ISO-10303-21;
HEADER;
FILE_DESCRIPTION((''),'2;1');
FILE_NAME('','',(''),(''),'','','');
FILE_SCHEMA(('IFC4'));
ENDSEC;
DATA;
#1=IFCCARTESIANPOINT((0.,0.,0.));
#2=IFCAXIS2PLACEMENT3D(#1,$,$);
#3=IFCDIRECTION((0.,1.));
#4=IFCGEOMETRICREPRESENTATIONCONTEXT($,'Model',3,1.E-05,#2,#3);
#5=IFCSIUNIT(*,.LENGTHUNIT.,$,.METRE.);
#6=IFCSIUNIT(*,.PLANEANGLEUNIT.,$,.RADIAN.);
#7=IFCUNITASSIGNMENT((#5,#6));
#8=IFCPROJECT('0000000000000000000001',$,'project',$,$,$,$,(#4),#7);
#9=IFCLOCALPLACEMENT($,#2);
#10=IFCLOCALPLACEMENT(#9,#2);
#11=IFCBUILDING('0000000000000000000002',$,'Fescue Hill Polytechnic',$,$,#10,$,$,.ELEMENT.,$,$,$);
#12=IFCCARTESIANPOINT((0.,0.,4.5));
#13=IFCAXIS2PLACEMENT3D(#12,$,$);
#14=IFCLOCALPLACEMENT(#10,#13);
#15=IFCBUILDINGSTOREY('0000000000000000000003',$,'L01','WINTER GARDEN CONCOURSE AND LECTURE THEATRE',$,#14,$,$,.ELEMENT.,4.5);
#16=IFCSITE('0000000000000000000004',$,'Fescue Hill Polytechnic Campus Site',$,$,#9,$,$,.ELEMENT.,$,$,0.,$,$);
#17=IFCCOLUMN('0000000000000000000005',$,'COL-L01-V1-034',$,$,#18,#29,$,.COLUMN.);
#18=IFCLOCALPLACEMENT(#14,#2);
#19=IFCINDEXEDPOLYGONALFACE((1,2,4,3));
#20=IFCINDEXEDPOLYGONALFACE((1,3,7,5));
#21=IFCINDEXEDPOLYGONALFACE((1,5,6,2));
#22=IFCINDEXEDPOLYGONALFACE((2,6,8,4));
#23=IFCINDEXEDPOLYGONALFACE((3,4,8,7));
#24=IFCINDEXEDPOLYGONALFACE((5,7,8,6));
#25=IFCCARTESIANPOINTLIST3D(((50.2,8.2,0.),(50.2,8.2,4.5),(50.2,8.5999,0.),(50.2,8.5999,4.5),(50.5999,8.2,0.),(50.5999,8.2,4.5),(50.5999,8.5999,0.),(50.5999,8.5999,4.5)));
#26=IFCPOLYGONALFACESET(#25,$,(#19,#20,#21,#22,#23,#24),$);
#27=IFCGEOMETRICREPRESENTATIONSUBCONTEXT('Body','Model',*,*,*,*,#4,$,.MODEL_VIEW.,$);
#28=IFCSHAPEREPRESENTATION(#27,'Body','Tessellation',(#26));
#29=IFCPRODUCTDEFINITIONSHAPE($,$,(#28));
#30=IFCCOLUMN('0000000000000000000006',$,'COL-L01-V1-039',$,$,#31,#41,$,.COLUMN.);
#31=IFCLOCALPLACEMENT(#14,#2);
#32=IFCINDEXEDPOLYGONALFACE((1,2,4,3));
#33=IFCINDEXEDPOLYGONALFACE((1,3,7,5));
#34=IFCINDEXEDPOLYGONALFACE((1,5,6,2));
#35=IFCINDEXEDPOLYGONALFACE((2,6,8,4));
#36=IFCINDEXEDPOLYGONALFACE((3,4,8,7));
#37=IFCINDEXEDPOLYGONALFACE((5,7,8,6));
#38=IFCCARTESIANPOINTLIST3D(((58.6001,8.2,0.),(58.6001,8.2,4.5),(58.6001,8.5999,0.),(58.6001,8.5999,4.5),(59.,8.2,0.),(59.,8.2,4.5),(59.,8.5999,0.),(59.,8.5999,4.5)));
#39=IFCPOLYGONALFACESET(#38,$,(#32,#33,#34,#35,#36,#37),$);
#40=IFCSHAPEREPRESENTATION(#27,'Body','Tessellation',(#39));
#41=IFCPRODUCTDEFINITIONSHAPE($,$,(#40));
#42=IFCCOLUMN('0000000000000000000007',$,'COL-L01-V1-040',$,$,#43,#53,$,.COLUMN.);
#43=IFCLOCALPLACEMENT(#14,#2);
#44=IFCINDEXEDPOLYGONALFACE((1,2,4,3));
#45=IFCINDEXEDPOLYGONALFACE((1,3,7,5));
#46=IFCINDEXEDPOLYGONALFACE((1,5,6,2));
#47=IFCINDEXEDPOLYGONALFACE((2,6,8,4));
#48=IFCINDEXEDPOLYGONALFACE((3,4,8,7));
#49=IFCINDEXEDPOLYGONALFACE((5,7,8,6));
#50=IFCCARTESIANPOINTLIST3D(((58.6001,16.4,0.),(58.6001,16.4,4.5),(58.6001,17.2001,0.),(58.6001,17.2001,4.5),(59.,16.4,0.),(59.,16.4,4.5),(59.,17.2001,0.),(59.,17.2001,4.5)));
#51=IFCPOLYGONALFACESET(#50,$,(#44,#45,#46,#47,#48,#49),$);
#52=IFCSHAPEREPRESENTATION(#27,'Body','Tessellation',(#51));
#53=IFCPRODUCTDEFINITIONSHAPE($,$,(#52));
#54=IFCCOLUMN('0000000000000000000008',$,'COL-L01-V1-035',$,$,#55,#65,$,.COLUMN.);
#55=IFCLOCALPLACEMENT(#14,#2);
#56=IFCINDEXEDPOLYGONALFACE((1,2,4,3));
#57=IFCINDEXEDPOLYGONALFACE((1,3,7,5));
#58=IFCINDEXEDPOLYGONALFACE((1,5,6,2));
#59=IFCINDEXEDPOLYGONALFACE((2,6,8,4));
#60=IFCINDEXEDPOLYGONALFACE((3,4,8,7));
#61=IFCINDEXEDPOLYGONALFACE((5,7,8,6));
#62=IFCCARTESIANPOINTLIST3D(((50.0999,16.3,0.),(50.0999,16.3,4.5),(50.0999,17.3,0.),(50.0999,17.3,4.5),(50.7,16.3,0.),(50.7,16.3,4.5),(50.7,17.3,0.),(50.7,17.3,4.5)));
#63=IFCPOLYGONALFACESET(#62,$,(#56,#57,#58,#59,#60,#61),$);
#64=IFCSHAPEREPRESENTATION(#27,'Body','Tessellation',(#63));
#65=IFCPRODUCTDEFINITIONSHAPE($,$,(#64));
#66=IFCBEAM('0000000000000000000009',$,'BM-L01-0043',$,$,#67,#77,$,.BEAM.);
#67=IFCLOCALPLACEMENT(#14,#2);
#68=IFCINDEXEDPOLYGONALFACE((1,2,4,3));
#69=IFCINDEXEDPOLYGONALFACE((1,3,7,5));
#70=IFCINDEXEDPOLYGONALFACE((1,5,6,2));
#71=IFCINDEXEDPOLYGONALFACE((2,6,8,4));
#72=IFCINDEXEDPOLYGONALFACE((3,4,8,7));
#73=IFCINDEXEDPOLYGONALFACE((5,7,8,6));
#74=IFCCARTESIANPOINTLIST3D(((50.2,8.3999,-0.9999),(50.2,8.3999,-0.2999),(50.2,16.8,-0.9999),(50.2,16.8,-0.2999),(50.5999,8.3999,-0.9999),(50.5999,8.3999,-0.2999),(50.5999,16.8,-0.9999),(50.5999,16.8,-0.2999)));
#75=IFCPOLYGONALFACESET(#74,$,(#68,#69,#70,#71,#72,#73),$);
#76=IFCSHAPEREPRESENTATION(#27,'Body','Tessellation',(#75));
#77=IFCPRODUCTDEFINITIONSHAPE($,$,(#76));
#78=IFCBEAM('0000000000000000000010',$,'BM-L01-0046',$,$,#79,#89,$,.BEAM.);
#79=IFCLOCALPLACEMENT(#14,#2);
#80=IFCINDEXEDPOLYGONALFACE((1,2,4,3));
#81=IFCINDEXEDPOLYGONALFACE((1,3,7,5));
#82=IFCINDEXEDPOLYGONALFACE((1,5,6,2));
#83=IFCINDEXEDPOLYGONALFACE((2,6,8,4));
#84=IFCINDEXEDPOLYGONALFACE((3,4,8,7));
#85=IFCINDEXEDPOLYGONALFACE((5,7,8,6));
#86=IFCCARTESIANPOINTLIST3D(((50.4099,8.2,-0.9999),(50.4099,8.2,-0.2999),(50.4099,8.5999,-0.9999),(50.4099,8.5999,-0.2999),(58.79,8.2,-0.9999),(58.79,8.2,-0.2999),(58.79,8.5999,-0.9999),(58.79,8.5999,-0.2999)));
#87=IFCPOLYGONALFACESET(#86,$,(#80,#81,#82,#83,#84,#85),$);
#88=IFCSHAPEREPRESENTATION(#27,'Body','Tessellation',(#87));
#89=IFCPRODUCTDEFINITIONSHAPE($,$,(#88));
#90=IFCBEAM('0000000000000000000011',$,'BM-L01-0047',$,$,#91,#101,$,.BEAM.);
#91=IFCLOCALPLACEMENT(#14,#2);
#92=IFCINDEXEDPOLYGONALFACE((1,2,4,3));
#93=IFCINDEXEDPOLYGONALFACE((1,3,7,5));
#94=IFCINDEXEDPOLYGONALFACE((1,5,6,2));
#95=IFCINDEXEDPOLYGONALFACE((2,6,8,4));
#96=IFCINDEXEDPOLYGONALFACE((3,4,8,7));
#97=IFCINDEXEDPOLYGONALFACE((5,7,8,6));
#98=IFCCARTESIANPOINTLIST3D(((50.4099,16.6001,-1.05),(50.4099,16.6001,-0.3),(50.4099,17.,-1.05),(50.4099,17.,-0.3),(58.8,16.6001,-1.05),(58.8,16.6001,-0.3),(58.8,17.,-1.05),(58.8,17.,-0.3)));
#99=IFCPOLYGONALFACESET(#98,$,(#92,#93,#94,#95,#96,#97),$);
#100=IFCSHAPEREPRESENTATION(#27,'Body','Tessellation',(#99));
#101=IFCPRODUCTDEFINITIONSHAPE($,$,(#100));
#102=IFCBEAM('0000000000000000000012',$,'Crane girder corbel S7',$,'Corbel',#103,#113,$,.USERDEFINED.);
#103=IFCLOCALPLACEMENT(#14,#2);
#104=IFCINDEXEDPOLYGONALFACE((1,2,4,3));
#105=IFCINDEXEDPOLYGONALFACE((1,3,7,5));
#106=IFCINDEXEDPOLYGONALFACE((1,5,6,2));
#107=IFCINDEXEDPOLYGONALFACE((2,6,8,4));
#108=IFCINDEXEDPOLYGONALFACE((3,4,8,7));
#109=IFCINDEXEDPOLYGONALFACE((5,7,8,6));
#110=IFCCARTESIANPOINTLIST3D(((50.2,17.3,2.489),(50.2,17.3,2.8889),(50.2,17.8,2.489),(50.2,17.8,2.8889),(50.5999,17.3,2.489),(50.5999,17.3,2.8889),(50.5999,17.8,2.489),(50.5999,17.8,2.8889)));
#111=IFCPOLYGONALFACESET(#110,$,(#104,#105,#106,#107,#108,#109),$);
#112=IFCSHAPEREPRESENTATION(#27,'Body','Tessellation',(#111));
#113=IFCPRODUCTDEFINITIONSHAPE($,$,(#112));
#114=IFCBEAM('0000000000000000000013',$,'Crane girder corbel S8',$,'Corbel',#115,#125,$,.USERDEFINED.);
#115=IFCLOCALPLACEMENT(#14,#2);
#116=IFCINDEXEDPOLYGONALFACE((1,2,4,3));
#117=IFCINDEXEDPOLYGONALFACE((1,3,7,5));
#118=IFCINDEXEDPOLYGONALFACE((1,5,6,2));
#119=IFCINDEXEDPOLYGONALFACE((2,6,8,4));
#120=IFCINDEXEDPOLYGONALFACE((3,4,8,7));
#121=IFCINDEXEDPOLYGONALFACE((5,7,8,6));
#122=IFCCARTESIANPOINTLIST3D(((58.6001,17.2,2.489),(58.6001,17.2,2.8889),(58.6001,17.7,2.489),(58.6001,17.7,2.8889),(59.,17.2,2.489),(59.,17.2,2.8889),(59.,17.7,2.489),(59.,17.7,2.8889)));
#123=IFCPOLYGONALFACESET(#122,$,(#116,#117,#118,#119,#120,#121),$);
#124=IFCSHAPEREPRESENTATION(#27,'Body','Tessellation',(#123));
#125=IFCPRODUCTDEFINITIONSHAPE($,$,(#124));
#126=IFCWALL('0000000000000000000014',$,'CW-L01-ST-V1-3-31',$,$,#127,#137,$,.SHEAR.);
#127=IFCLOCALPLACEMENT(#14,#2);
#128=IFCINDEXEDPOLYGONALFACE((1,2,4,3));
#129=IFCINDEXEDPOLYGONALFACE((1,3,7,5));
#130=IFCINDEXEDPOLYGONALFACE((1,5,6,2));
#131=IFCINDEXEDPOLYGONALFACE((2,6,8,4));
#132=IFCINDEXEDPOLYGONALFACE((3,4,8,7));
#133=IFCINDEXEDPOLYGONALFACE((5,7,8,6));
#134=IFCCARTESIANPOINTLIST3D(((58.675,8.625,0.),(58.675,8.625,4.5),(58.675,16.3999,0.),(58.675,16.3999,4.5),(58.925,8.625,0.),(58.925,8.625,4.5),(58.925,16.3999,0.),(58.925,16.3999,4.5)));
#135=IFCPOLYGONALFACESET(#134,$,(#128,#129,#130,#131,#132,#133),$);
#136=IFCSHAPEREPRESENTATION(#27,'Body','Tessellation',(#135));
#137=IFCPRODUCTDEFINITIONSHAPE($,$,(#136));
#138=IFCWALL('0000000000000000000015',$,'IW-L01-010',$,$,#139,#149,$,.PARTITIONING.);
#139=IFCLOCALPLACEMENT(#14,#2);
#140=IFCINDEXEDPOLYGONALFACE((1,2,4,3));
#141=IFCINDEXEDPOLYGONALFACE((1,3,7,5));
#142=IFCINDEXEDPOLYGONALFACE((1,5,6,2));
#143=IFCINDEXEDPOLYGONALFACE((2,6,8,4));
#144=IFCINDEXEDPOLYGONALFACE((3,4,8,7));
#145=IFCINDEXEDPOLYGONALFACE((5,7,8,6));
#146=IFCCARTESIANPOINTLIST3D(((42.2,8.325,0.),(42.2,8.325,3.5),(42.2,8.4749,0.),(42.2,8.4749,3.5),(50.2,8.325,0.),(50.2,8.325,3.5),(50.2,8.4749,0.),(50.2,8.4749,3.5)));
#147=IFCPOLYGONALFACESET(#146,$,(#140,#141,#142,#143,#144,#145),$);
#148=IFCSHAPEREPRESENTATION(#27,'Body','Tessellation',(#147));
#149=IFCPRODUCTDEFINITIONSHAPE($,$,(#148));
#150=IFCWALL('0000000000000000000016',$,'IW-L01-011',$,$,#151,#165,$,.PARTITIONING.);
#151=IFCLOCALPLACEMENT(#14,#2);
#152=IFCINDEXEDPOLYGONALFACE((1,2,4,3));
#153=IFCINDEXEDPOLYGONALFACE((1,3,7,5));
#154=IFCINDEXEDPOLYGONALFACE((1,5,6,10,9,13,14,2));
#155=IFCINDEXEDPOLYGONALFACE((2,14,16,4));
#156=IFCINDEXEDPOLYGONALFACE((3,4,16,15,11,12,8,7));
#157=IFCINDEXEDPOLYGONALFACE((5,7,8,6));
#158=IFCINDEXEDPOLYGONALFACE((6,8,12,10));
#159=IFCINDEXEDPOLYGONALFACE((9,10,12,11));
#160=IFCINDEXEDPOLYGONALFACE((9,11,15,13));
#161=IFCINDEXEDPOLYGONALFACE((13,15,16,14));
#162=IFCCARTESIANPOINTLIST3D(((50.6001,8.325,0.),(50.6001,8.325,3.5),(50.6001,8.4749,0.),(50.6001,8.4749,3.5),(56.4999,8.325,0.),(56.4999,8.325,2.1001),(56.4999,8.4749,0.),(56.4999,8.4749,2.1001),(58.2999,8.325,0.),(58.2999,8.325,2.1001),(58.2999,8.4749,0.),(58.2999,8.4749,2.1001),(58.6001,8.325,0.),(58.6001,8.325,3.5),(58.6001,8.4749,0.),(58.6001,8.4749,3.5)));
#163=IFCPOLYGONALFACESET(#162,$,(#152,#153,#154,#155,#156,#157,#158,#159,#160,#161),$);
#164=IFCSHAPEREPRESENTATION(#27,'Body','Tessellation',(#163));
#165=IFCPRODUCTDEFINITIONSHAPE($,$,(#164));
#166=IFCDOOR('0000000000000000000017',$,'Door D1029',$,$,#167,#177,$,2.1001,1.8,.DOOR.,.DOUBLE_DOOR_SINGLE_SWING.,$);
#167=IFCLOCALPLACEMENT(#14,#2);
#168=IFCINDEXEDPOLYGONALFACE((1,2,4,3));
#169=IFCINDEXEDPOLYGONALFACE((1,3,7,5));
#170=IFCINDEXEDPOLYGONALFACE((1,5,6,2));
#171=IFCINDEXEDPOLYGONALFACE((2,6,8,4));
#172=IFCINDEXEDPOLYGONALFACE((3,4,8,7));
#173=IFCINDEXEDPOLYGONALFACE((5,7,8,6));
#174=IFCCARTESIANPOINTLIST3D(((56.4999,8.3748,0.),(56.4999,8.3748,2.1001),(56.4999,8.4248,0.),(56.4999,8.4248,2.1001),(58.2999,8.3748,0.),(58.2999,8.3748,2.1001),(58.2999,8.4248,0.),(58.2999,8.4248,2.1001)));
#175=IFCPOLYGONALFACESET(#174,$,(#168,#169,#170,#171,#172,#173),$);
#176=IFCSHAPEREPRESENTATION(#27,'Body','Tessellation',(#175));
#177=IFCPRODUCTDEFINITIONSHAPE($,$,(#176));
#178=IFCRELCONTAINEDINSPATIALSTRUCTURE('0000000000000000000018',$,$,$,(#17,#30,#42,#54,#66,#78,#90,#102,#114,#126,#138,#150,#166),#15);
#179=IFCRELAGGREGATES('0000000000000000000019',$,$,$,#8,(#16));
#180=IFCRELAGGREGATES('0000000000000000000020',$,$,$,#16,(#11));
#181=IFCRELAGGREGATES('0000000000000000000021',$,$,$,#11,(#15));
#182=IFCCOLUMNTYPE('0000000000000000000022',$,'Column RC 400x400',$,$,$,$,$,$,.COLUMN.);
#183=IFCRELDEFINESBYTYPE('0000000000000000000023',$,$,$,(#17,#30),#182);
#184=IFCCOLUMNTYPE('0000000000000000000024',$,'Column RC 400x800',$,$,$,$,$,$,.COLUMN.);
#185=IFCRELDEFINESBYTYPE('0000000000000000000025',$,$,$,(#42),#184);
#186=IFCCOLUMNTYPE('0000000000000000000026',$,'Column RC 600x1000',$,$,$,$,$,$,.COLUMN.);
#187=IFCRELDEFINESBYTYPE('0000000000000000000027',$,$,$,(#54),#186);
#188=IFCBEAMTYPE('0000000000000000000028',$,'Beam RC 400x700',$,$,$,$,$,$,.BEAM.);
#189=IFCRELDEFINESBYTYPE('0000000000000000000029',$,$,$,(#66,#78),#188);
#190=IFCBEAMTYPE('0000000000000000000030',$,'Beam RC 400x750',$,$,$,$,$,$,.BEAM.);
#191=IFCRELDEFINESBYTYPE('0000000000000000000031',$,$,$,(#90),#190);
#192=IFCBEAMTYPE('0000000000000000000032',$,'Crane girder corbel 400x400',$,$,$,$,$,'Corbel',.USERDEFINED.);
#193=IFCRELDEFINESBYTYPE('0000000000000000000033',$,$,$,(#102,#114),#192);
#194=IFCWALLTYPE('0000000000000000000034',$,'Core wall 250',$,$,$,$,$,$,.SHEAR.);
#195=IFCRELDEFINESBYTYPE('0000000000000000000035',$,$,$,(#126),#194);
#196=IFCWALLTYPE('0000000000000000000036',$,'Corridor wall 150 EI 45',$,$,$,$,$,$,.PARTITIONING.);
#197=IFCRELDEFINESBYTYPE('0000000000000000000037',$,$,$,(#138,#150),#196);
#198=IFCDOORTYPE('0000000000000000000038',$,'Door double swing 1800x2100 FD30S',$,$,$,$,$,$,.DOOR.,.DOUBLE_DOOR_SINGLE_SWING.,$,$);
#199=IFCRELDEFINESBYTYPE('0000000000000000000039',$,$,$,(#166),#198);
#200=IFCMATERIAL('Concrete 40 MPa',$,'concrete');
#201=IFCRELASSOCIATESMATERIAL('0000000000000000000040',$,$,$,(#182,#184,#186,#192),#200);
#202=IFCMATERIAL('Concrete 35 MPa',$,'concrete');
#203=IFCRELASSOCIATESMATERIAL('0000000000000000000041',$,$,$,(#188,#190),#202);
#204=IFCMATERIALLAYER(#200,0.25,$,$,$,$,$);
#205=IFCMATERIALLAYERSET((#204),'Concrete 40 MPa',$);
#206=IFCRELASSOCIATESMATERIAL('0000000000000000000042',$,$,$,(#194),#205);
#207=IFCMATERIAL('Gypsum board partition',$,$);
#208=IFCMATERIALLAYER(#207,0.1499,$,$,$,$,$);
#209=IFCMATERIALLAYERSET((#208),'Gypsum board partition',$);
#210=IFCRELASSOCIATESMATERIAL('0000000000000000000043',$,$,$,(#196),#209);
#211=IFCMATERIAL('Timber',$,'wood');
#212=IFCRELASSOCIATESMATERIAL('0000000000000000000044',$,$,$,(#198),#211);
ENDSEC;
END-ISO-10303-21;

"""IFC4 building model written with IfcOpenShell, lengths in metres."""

from ifc_helpers import new_model, si_unit, direction, frame, frame_2d, origin, origin_2d, place, context, subcontext, project, spatial, rectangle, extrude, material, layer, layer_set, material_profile, profile_set, type_object, element, fill, save


model = new_model("IFC4")

# Units and contexts
model_context = context("Model", 3, precision=1e-05, world=origin(), true_north=direction((0.0, 1.0)))
body_context = subcontext(model_context, "Body", "Model", "MODEL_VIEW")
ifc_project = project(units=[si_unit("LENGTHUNIT", "METRE"), si_unit("PLANEANGLEUNIT", "RADIAN")], contexts=[model_context])

# Site, building, storey
site_placement = place(None, origin())
site = spatial("IfcSite", under=ifc_project, at=site_placement, Name="Fescue Hill Polytechnic Campus Site", CompositionType="ELEMENT", RefElevation=0.0)
building_placement = place(site_placement, origin())
building = spatial("IfcBuilding", under=site, at=building_placement, Name="Fescue Hill Polytechnic", CompositionType="ELEMENT")
storey_placement = place(building_placement, frame((0.0, 0.0, 4.5)))
storey = spatial("IfcBuildingStorey", under=building, at=storey_placement, Name="L01", Description="WINTER GARDEN CONCOURSE AND LECTURE THEATRE", CompositionType="ELEMENT", Elevation=4.5)

# Columns
ifc_material_1 = material(Name="Concrete 40 MPa", Category="concrete")
ifc_material_profile_1 = material_profile(ifc_material_1, rectangle(XDim=0.3999, YDim=0.3999, at=origin_2d()), Name="RC 400x400")
ifc_profile_set_1 = profile_set([ifc_material_profile_1], Name="Concrete 40 MPa")
column_type_1 = type_object("IfcColumnType", Name="Column RC 400x400", PredefinedType="COLUMN", material=ifc_profile_set_1)
for number, where, z_axis, x_axis, name in (
    (1, (50.3999, 8.3999, 0.0), (0.0, 0.0, 1.0), (1.0, 0.0, 0.0), "COL-L01-V1-034"),
    (2, (58.8, 8.3999, 0.0), (0.0, 0.0, 1.0), (1.0, 0.0, 0.0), "COL-L01-V1-039"),
):
    element("IfcColumn", number, at=place(storey_placement, frame(where, z_axis=z_axis, x_axis=x_axis)), inside=storey, type_object=column_type_1, Name=name, PredefinedType="COLUMN", context=body_context, shape_type="SweptSolid", body=[
        extrude(rectangle(XDim=0.3999, YDim=0.3999, at=origin_2d()), origin(), (0.0, 0.0, 1.0), 4.5),
    ])
ifc_material_profile_2 = material_profile(ifc_material_1, rectangle(XDim=0.3999, YDim=0.8, at=origin_2d()), Name="RC 400x800")
ifc_profile_set_2 = profile_set([ifc_material_profile_2], Name="Concrete 40 MPa")
column_type_2 = type_object("IfcColumnType", Name="Column RC 400x800", PredefinedType="COLUMN", material=ifc_profile_set_2)
column_1_placement = place(storey_placement, frame((58.8, 16.8, 0.0), z_axis=(0.0, 0.0, 1.0), x_axis=(1.0, 0.0, 0.0)))
element("IfcColumn", 3, at=column_1_placement, inside=storey, type_object=column_type_2, Name="COL-L01-V1-040", PredefinedType="COLUMN", context=body_context, shape_type="SweptSolid", body=[
    extrude(rectangle(XDim=0.3999, YDim=0.8, at=origin_2d()), origin(), (0.0, 0.0, 1.0), 4.5),
])
ifc_material_profile_3 = material_profile(ifc_material_1, rectangle(XDim=0.6001, YDim=1.0, at=origin_2d()), Name="RC 600x1000")
ifc_profile_set_3 = profile_set([ifc_material_profile_3], Name="Concrete 40 MPa")
column_type_3 = type_object("IfcColumnType", Name="Column RC 600x1000", PredefinedType="COLUMN", material=ifc_profile_set_3)
column_2_placement = place(storey_placement, frame((50.3999, 16.8, 0.0), z_axis=(0.0, 0.0, 1.0), x_axis=(1.0, 0.0, 0.0)))
element("IfcColumn", 4, at=column_2_placement, inside=storey, type_object=column_type_3, Name="COL-L01-V1-035", PredefinedType="COLUMN", context=body_context, shape_type="SweptSolid", body=[
    extrude(rectangle(XDim=0.6001, YDim=1.0, at=origin_2d()), origin(), (0.0, 0.0, 1.0), 4.5),
])

# Beams
ifc_material_2 = material(Name="Concrete 35 MPa", Category="concrete")
ifc_material_profile_4 = material_profile(ifc_material_2, rectangle(XDim=0.3999, YDim=0.7, at=origin_2d()), Name="RC 400x700")
ifc_profile_set_4 = profile_set([ifc_material_profile_4], Name="Concrete 35 MPa")
beam_type_1 = type_object("IfcBeamType", Name="Beam RC 400x700", PredefinedType="BEAM", material=ifc_profile_set_4)
beam_1_placement = place(storey_placement, frame((50.3999, 8.3999, -0.6499), z_axis=(0.0, 1.0, 0.0), x_axis=(-1.0, 0.0, 0.0)))
element("IfcBeam", 5, at=beam_1_placement, inside=storey, type_object=beam_type_1, Name="BM-L01-0043", PredefinedType="BEAM", context=body_context, shape_type="SweptSolid", body=[
    extrude(rectangle(XDim=0.3999, YDim=0.7, at=origin_2d()), origin(), (0.0, 0.0, 1.0), 8.4001),
])
beam_2_placement = place(storey_placement, frame((50.4099, 8.3999, -0.6499), z_axis=(1.0, 0.0, 0.0), x_axis=(0.0, 1.0, 0.0)))
element("IfcBeam", 6, at=beam_2_placement, inside=storey, type_object=beam_type_1, Name="BM-L01-0046", PredefinedType="BEAM", context=body_context, shape_type="SweptSolid", body=[
    extrude(rectangle(XDim=0.3999, YDim=0.7, at=origin_2d()), origin(), (0.0, 0.0, 1.0), 8.3801),
])
ifc_material_profile_5 = material_profile(ifc_material_2, rectangle(XDim=0.3999, YDim=0.75, at=origin_2d()), Name="RC 400x750")
ifc_profile_set_5 = profile_set([ifc_material_profile_5], Name="Concrete 35 MPa")
beam_type_2 = type_object("IfcBeamType", Name="Beam RC 400x750", PredefinedType="BEAM", material=ifc_profile_set_5)
beam_3_placement = place(storey_placement, frame((50.4099, 16.8, -0.675), z_axis=(1.0, 0.0, 0.0), x_axis=(0.0, 1.0, 0.0)))
element("IfcBeam", 7, at=beam_3_placement, inside=storey, type_object=beam_type_2, Name="BM-L01-0047", PredefinedType="BEAM", context=body_context, shape_type="SweptSolid", body=[
    extrude(rectangle(XDim=0.3999, YDim=0.75, at=origin_2d()), origin(), (0.0, 0.0, 1.0), 8.3901),
])
ifc_material_profile_6 = material_profile(ifc_material_1, rectangle(XDim=0.3999, YDim=0.3999, at=origin_2d()), Name="Crane girder corbel 400x400")
ifc_profile_set_6 = profile_set([ifc_material_profile_6], Name="Concrete 40 MPa")
beam_type_3 = type_object("IfcBeamType", Name="Crane girder corbel 400x400", ElementType="Corbel", PredefinedType="USERDEFINED", material=ifc_profile_set_6)
for number, where, z_axis, x_axis, name in (
    (8, (50.3999, 17.3, 2.689), (0.0, 1.0, 0.0), (-1.0, 0.0, 0.0), "Crane girder corbel S7"),
    (9, (58.8, 17.2, 2.689), (0.0, 1.0, 0.0), (-1.0, 0.0, 0.0), "Crane girder corbel S8"),
):
    element("IfcBeam", number, at=place(storey_placement, frame(where, z_axis=z_axis, x_axis=x_axis)), inside=storey, type_object=beam_type_3, Name=name, ObjectType="Corbel", PredefinedType="USERDEFINED", context=body_context, shape_type="SweptSolid", body=[
        extrude(rectangle(XDim=0.3999, YDim=0.3999, at=origin_2d()), origin(), (0.0, 0.0, 1.0), 0.5),
    ])

# Walls
ifc_layer_1 = layer(ifc_material_1, 0.25)
ifc_layer_set_1 = layer_set([ifc_layer_1], Name="Concrete 40 MPa")
wall_type_1 = type_object("IfcWallType", Name="Core wall 250", PredefinedType="SHEAR", material=ifc_layer_set_1)
wall_1_placement = place(storey_placement, frame((58.8, 8.625, 0.0), z_axis=(0.0, 0.0, 1.0), x_axis=(0.0, 1.0, 0.0)))
element("IfcWall", 10, at=wall_1_placement, inside=storey, type_object=wall_type_1, Name="CW-L01-ST-V1-3-31", PredefinedType="SHEAR", context=body_context, shape_type="SweptSolid", body=[
    extrude(rectangle(XDim=7.7749, YDim=0.25, at=frame_2d((3.8875, 0.0))), origin(), (0.0, 0.0, 1.0), 4.5),
])
ifc_material_3 = material(Name="Gypsum board partition")
ifc_layer_2 = layer(ifc_material_3, 0.1499)
ifc_layer_set_2 = layer_set([ifc_layer_2], Name="Gypsum board partition")
wall_type_2 = type_object("IfcWallType", Name="Corridor wall 150 EI 45", PredefinedType="PARTITIONING", material=ifc_layer_set_2)
wall_2_placement = place(storey_placement, frame((42.2, 8.3999, 0.0), z_axis=(0.0, 0.0, 1.0), x_axis=(1.0, 0.0, 0.0)))
element("IfcWall", 11, at=wall_2_placement, inside=storey, type_object=wall_type_2, Name="IW-L01-010", PredefinedType="PARTITIONING", context=body_context, shape_type="SweptSolid", body=[
    extrude(rectangle(XDim=8.0, YDim=0.1499, at=frame_2d((4.0, 0.0))), origin(), (0.0, 0.0, 1.0), 3.5),
])

# Wall, opening, door
wall_3_placement = place(storey_placement, frame((50.6001, 8.3999, 0.0), z_axis=(0.0, 0.0, 1.0), x_axis=(1.0, 0.0, 0.0)))
wall_3 = element("IfcWall", 12, at=wall_3_placement, inside=storey, type_object=wall_type_2, Name="IW-L01-011", PredefinedType="PARTITIONING", context=body_context, shape_type="SweptSolid", body=[
    extrude(rectangle(XDim=8.0, YDim=0.1499, at=frame_2d((4.0, 0.0))), origin(), (0.0, 0.0, 1.0), 3.5),
])
opening_1_placement = place(wall_3_placement, frame((5.8999, 0.0, 0.0)))
opening_1 = element("IfcOpeningElement", 13, at=opening_1_placement, cuts=wall_3, PredefinedType="OPENING", context=body_context, shape_type="SweptSolid", body=[
    extrude(rectangle(XDim=1.8, YDim=2.1001, at=frame_2d((0.8999, 1.05))), frame((0.0, 0.085, 0.0), z_axis=(0.0, -1.0, 0.0), x_axis=(1.0, 0.0, 0.0)), (0.0, 0.0, 1.0), 0.1699),
])
ifc_material_4 = material(Name="Timber", Category="wood")
door_type_1 = type_object("IfcDoorType", Name="Door double swing 1800x2100 FD30S", OperationType="DOUBLE_DOOR_SINGLE_SWING", PredefinedType="DOOR", material=ifc_material_4)
door_1_placement = place(opening_1_placement, origin())
door_1 = element("IfcDoor", 14, at=door_1_placement, inside=storey, type_object=door_type_1, Name="Door D1029", OperationType="DOUBLE_DOOR_SINGLE_SWING", OverallHeight=2.1001, OverallWidth=1.8, PredefinedType="DOOR", context=body_context, shape_type="SweptSolid", body=[
    extrude(rectangle(XDim=1.8, YDim=2.1001, at=frame_2d((0.8999, 1.05))), frame((0.0, 0.0249, 0.0), z_axis=(0.0, -1.0, 0.0), x_axis=(1.0, 0.0, 0.0)), (0.0, 0.0, 1.0), 0.05),
])
fill(opening_1, door_1)

save(model, "model.ifc")
